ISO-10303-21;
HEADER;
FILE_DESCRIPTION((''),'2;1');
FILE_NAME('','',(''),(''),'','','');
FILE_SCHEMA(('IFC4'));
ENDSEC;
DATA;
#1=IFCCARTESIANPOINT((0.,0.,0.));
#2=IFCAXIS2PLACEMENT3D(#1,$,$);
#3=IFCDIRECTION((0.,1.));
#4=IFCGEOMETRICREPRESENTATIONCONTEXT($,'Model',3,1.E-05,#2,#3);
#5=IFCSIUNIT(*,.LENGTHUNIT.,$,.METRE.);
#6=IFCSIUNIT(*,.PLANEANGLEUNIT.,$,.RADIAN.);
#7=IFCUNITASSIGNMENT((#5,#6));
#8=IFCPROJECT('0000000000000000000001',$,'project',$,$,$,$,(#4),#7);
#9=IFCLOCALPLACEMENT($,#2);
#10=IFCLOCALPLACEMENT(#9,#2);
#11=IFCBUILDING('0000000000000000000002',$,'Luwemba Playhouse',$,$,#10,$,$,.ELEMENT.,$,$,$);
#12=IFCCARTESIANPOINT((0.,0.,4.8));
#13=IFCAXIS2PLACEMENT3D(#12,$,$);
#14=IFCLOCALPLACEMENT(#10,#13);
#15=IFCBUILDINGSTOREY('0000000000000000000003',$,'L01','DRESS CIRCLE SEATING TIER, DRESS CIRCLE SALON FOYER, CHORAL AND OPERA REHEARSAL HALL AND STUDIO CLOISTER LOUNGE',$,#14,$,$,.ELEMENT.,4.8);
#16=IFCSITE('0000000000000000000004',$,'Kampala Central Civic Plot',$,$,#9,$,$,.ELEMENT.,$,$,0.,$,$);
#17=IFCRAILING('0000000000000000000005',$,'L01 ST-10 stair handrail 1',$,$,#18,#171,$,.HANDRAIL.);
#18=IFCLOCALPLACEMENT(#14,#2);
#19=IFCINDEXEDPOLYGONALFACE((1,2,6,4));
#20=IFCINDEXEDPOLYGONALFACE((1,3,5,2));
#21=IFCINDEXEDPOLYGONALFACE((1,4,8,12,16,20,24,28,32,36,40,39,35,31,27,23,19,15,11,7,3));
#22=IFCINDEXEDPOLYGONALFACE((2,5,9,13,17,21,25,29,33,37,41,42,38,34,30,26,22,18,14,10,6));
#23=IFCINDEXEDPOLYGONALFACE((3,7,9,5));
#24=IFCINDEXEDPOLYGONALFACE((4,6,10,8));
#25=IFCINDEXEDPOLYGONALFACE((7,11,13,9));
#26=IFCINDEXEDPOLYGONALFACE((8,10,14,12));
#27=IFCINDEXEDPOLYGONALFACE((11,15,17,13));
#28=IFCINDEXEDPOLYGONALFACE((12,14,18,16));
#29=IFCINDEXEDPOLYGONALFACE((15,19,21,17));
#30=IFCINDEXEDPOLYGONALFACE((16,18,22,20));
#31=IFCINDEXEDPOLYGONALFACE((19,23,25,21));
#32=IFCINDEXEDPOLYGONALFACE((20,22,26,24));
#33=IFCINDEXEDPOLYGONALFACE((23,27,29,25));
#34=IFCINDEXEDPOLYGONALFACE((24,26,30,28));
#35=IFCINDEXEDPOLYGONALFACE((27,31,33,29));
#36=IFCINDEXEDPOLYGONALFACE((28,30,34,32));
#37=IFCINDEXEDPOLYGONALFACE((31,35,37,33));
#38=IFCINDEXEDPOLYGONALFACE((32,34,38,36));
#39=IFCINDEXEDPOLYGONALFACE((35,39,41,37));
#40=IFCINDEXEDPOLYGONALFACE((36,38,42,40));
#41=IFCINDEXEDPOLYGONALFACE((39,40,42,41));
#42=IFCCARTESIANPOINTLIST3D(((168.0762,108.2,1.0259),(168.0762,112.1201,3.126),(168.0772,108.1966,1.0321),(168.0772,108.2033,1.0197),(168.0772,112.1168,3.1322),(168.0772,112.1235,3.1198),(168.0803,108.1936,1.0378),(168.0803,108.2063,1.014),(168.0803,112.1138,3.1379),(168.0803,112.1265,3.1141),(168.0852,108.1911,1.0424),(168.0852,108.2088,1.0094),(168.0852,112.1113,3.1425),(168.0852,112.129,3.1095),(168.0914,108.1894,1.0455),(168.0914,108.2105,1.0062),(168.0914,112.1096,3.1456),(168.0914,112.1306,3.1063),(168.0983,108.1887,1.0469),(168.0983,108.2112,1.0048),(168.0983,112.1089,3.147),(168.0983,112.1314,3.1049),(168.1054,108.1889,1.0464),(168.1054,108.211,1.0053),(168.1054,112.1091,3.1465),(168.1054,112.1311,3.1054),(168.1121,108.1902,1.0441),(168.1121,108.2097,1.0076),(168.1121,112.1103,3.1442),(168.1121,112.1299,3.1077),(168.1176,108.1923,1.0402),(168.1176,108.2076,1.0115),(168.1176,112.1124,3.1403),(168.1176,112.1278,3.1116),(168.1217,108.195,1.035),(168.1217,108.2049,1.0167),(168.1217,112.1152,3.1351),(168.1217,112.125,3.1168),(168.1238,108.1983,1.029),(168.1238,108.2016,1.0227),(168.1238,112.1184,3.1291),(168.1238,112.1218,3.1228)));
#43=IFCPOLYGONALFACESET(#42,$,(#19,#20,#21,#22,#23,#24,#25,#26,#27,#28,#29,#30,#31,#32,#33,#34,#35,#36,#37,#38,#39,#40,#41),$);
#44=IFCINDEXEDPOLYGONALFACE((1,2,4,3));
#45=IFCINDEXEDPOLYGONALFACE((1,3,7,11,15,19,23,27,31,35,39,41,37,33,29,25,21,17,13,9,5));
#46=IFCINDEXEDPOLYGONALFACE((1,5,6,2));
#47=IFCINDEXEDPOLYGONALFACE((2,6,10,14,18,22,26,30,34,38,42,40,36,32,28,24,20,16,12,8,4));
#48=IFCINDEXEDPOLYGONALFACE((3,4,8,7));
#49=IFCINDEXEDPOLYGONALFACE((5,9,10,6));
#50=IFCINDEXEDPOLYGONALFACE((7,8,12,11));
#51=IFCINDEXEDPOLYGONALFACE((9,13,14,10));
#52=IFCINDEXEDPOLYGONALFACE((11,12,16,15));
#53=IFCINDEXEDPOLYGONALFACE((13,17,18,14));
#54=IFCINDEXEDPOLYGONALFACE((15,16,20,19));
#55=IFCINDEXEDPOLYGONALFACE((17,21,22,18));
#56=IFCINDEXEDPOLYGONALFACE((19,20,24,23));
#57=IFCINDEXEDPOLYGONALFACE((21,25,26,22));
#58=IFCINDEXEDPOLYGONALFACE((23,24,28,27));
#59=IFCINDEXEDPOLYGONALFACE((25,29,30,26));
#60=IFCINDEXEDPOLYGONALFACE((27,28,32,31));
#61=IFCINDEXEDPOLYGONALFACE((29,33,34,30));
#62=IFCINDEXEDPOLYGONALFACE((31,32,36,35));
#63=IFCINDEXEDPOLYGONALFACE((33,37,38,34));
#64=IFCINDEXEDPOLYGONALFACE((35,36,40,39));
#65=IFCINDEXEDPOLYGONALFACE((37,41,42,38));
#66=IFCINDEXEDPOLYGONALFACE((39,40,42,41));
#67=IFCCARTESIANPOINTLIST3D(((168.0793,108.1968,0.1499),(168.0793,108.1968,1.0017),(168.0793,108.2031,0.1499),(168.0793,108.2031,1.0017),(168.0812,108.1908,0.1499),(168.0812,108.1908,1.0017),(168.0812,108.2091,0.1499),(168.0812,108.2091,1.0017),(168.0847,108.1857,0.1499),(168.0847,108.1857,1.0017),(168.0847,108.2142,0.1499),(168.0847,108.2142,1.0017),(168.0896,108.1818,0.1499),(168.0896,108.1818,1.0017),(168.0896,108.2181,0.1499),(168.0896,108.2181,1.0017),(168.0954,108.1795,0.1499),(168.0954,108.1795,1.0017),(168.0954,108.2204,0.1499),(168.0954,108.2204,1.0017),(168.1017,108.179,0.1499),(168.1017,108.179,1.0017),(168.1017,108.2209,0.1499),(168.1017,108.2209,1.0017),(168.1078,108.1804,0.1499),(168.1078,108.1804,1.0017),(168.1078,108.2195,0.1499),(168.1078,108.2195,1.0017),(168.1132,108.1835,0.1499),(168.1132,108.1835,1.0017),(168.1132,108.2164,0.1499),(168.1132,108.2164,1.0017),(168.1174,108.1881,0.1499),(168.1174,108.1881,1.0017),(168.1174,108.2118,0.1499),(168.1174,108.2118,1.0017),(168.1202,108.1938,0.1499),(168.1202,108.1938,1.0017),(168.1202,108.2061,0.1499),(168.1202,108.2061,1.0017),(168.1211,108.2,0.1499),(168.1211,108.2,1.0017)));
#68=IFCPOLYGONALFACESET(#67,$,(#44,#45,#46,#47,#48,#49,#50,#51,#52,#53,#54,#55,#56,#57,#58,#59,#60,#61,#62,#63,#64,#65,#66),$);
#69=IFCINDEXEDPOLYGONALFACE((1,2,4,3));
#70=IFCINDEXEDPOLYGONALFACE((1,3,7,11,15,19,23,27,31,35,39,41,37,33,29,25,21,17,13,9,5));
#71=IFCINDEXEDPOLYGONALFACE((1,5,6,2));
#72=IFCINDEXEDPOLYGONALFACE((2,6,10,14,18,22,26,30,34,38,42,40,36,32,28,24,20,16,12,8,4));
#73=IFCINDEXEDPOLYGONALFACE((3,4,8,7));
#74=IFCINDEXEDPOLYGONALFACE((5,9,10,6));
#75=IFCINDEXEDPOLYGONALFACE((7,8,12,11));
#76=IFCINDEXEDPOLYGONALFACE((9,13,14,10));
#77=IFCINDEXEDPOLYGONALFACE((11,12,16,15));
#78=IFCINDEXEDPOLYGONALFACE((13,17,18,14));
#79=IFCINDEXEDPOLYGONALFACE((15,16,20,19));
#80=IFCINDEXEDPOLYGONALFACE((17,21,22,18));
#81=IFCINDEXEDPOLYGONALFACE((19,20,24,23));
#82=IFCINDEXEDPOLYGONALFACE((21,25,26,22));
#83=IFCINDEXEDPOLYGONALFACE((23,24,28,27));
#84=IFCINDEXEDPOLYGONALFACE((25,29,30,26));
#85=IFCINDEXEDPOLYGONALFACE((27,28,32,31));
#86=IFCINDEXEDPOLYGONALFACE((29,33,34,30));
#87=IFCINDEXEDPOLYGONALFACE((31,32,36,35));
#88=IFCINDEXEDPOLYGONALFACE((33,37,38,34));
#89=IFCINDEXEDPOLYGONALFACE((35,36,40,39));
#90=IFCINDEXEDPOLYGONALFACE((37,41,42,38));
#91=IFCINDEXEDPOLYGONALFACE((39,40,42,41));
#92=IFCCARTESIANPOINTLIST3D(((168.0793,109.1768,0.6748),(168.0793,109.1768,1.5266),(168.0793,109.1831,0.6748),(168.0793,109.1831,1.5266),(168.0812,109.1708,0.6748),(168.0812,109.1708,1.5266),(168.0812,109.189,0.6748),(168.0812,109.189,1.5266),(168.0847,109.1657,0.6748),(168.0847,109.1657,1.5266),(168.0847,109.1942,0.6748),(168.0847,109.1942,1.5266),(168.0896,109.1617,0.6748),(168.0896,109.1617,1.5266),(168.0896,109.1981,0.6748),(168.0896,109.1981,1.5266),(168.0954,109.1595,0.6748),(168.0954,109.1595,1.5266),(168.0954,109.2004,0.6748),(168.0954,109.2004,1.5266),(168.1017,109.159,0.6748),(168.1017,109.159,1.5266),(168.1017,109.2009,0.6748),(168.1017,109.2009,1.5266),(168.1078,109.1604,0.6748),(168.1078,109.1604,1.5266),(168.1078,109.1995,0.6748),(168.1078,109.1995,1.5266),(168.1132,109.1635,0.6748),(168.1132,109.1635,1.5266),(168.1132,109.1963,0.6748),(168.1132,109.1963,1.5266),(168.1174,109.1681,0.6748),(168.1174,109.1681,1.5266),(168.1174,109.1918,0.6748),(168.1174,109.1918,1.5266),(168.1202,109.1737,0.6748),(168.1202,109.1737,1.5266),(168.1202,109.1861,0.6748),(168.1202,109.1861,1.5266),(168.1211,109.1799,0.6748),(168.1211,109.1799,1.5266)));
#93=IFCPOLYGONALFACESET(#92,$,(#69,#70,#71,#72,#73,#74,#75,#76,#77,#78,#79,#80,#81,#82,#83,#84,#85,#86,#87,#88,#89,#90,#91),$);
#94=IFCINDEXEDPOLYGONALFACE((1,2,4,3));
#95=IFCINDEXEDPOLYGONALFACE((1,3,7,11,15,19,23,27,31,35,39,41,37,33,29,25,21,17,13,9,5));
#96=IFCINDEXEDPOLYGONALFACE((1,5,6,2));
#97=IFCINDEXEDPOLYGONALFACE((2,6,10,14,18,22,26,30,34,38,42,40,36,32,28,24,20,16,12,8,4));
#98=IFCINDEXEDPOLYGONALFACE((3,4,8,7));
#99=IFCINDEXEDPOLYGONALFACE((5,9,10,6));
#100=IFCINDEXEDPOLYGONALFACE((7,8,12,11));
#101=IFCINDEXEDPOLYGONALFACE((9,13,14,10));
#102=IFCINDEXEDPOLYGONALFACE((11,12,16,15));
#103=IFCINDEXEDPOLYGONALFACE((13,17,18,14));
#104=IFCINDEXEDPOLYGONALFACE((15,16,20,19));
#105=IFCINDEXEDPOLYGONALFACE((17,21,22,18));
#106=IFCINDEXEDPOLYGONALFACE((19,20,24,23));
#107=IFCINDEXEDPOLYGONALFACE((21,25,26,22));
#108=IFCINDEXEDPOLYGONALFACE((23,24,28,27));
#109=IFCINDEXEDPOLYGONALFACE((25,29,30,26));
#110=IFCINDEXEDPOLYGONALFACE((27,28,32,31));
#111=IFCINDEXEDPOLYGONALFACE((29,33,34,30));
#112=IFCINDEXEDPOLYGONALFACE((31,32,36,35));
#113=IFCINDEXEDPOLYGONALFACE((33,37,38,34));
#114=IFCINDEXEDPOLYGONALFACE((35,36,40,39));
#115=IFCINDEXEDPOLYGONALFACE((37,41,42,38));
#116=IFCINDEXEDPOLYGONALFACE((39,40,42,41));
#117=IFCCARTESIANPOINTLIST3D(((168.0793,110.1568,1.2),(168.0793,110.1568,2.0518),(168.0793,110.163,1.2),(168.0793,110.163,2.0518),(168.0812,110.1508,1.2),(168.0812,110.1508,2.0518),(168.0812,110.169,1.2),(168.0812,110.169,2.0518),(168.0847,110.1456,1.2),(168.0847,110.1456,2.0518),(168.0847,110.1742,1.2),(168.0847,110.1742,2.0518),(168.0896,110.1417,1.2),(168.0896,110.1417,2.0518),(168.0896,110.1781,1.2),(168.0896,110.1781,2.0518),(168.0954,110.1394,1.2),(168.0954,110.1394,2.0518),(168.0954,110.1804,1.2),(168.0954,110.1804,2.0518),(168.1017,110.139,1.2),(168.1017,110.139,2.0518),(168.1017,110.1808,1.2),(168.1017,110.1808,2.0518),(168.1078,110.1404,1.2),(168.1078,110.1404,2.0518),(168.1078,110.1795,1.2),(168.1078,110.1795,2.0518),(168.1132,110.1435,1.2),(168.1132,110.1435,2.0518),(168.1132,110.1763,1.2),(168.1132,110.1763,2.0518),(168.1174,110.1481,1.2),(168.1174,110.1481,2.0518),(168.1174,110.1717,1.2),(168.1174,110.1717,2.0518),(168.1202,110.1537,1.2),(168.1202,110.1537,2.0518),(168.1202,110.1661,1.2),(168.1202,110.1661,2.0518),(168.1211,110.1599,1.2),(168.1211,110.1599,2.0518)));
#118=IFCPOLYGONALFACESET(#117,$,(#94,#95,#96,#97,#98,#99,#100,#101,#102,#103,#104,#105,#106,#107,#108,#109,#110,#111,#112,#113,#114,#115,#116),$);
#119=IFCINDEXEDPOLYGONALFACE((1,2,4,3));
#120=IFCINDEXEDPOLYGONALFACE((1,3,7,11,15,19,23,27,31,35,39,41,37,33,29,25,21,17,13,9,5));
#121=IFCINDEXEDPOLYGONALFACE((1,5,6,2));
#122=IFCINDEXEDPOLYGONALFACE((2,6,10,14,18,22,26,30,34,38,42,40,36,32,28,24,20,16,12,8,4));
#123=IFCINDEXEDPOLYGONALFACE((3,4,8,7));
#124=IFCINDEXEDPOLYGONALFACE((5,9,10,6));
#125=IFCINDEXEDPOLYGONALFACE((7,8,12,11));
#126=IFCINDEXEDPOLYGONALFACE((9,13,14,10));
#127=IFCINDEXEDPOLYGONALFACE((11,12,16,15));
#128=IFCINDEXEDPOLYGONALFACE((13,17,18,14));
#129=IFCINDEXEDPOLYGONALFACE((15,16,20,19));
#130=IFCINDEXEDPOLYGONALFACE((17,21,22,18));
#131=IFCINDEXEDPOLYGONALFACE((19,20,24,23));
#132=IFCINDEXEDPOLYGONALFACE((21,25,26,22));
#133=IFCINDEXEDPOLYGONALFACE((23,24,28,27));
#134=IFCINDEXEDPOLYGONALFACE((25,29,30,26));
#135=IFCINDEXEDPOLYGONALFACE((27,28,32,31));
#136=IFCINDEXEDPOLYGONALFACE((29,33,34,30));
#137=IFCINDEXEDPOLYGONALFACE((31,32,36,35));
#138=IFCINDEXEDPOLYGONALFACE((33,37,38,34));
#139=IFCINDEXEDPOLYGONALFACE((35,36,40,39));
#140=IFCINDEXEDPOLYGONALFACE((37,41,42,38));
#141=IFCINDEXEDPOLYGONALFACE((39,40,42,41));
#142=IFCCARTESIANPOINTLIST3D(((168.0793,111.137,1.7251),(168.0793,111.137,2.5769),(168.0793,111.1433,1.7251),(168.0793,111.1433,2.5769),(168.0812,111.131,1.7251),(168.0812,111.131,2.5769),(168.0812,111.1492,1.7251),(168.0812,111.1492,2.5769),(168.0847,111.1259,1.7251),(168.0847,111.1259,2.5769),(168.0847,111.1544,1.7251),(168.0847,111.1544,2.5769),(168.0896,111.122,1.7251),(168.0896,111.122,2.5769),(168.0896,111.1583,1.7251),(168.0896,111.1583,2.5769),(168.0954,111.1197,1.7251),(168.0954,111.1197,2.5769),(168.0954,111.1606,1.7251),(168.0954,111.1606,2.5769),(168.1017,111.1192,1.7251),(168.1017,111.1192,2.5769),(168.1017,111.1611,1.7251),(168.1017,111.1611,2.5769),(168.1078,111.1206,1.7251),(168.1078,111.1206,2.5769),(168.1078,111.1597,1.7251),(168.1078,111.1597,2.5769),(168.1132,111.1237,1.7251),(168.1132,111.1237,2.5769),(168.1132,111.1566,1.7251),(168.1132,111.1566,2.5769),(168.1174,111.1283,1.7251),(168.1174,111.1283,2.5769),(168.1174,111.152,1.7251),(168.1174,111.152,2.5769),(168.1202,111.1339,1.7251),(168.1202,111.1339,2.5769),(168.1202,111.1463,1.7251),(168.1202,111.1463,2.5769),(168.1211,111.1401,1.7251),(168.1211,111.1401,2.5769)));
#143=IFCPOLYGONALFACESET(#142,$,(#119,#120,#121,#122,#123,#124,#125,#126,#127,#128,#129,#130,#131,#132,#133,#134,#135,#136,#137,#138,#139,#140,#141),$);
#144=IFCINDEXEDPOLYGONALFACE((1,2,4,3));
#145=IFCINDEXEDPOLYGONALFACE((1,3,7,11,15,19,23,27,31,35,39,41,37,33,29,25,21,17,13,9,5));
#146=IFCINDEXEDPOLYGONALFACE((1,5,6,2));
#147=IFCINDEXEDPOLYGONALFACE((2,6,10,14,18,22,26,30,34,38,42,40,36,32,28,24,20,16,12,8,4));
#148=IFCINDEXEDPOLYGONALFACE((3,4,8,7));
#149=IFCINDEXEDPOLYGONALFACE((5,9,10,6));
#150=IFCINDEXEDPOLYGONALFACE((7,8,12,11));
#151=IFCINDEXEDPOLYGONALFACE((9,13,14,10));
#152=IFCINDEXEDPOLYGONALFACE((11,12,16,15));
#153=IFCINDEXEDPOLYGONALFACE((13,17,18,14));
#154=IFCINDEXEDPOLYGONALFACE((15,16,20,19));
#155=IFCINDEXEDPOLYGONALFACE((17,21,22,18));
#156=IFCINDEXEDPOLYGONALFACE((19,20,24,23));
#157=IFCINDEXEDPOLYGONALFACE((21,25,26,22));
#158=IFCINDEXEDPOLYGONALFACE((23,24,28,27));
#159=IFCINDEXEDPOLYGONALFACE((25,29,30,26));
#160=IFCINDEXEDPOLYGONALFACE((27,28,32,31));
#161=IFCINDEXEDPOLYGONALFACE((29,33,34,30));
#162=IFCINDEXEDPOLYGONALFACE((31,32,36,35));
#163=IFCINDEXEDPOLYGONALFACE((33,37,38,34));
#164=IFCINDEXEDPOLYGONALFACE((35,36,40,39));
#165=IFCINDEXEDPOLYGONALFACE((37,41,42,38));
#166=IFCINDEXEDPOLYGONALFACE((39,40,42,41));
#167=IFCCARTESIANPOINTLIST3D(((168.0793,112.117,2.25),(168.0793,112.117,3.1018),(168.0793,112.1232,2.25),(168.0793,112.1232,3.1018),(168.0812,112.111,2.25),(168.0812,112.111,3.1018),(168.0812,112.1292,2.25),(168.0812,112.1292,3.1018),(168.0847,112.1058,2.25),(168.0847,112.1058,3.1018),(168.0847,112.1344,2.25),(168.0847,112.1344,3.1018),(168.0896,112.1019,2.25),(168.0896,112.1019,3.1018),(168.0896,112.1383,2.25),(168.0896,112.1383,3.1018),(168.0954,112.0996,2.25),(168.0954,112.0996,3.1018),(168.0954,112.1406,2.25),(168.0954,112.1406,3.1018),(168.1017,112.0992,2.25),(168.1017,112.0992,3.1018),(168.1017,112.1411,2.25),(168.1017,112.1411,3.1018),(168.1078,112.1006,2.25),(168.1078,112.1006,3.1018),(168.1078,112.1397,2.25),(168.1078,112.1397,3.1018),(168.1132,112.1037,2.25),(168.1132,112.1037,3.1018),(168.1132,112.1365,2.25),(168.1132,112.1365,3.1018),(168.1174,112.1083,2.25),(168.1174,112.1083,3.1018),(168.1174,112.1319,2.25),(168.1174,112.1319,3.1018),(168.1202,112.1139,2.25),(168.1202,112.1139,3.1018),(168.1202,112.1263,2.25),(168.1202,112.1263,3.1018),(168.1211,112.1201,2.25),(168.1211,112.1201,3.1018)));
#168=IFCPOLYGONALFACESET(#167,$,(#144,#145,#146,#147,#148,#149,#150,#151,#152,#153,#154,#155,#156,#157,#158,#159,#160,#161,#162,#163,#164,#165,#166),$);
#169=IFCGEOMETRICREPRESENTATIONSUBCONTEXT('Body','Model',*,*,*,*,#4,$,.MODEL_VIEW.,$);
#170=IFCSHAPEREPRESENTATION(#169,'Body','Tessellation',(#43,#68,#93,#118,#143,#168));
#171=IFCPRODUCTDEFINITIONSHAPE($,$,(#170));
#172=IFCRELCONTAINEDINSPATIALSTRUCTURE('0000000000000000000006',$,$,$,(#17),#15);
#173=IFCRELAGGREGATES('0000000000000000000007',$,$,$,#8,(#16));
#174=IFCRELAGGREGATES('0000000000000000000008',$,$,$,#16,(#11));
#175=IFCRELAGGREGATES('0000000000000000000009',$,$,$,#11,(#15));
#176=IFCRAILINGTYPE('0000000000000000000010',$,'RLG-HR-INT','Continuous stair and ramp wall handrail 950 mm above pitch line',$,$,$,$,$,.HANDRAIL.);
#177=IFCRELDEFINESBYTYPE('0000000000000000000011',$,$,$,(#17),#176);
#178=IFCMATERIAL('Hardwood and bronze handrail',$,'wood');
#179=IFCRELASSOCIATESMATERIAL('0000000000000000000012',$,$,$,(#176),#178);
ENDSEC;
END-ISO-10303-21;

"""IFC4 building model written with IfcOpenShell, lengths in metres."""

from ifc_helpers import new_model, si_unit, direction, frame, origin, origin_2d, place, context, subcontext, project, spatial, circle, extrude, material, type_object, element, save


model = new_model("IFC4")

# Units and contexts
model_context = context("Model", 3, precision=1e-05, world=origin(), true_north=direction((0.0, 1.0)))
body_context = subcontext(model_context, "Body", "Model", "MODEL_VIEW")
ifc_project = project(units=[si_unit("LENGTHUNIT", "METRE"), si_unit("PLANEANGLEUNIT", "RADIAN")], contexts=[model_context])

# Site, building, storey
site_placement = place(None, origin())
site = spatial("IfcSite", under=ifc_project, at=site_placement, Name="Kampala Central Civic Plot", CompositionType="ELEMENT", RefElevation=0.0)
building_placement = place(site_placement, origin())
building = spatial("IfcBuilding", under=site, at=building_placement, Name="Luwemba Playhouse", CompositionType="ELEMENT")
storey_placement = place(building_placement, frame((0.0, 0.0, 4.8)))
storey = spatial("IfcBuildingStorey", under=building, at=storey_placement, Name="L01", Description="DRESS CIRCLE SEATING TIER, DRESS CIRCLE SALON FOYER, CHORAL AND OPERA REHEARSAL HALL AND STUDIO CLOISTER LOUNGE", CompositionType="ELEMENT", Elevation=4.8)

# Railing
ifc_material_1 = material(Name="Hardwood and bronze handrail", Category="wood")
railing_type_1 = type_object("IfcRailingType", Name="RLG-HR-INT", Description="Continuous stair and ramp wall handrail 950 mm above pitch line", PredefinedType="HANDRAIL", material=ifc_material_1)
railing_1_placement = place(storey_placement, frame((168.1001, 108.2, 0.1499)))
element("IfcRailing", 1, at=railing_1_placement, inside=storey, type_object=railing_type_1, Name="L01 ST-10 stair handrail 1", PredefinedType="HANDRAIL", context=body_context, shape_type="SweptSolid", body=[
    extrude(circle(Radius=0.0239, at=origin_2d()), frame((0.0, 0.0, 0.876), z_axis=(0.0, 0.881479, 0.472223), x_axis=(-1.0, 0.0, 0.0)), (0.0, 0.0, 1.0), 4.4473),
    extrude(circle(Radius=0.021, at=origin_2d()), origin(), (0.0, 0.0, 1.0), 0.8518),
    extrude(circle(Radius=0.021, at=origin_2d()), frame((0.0, 0.98, 0.5249)), (0.0, 0.0, 1.0), 0.8518),
    extrude(circle(Radius=0.021, at=origin_2d()), frame((0.0, 1.96, 1.05)), (0.0, 0.0, 1.0), 0.8518),
    extrude(circle(Radius=0.021, at=origin_2d()), frame((0.0, 2.9402, 1.5752)), (0.0, 0.0, 1.0), 0.8518),
    extrude(circle(Radius=0.021, at=origin_2d()), frame((0.0, 3.9202, 2.1001)), (0.0, 0.0, 1.0), 0.8518),
])

save(model, "model.ifc")
